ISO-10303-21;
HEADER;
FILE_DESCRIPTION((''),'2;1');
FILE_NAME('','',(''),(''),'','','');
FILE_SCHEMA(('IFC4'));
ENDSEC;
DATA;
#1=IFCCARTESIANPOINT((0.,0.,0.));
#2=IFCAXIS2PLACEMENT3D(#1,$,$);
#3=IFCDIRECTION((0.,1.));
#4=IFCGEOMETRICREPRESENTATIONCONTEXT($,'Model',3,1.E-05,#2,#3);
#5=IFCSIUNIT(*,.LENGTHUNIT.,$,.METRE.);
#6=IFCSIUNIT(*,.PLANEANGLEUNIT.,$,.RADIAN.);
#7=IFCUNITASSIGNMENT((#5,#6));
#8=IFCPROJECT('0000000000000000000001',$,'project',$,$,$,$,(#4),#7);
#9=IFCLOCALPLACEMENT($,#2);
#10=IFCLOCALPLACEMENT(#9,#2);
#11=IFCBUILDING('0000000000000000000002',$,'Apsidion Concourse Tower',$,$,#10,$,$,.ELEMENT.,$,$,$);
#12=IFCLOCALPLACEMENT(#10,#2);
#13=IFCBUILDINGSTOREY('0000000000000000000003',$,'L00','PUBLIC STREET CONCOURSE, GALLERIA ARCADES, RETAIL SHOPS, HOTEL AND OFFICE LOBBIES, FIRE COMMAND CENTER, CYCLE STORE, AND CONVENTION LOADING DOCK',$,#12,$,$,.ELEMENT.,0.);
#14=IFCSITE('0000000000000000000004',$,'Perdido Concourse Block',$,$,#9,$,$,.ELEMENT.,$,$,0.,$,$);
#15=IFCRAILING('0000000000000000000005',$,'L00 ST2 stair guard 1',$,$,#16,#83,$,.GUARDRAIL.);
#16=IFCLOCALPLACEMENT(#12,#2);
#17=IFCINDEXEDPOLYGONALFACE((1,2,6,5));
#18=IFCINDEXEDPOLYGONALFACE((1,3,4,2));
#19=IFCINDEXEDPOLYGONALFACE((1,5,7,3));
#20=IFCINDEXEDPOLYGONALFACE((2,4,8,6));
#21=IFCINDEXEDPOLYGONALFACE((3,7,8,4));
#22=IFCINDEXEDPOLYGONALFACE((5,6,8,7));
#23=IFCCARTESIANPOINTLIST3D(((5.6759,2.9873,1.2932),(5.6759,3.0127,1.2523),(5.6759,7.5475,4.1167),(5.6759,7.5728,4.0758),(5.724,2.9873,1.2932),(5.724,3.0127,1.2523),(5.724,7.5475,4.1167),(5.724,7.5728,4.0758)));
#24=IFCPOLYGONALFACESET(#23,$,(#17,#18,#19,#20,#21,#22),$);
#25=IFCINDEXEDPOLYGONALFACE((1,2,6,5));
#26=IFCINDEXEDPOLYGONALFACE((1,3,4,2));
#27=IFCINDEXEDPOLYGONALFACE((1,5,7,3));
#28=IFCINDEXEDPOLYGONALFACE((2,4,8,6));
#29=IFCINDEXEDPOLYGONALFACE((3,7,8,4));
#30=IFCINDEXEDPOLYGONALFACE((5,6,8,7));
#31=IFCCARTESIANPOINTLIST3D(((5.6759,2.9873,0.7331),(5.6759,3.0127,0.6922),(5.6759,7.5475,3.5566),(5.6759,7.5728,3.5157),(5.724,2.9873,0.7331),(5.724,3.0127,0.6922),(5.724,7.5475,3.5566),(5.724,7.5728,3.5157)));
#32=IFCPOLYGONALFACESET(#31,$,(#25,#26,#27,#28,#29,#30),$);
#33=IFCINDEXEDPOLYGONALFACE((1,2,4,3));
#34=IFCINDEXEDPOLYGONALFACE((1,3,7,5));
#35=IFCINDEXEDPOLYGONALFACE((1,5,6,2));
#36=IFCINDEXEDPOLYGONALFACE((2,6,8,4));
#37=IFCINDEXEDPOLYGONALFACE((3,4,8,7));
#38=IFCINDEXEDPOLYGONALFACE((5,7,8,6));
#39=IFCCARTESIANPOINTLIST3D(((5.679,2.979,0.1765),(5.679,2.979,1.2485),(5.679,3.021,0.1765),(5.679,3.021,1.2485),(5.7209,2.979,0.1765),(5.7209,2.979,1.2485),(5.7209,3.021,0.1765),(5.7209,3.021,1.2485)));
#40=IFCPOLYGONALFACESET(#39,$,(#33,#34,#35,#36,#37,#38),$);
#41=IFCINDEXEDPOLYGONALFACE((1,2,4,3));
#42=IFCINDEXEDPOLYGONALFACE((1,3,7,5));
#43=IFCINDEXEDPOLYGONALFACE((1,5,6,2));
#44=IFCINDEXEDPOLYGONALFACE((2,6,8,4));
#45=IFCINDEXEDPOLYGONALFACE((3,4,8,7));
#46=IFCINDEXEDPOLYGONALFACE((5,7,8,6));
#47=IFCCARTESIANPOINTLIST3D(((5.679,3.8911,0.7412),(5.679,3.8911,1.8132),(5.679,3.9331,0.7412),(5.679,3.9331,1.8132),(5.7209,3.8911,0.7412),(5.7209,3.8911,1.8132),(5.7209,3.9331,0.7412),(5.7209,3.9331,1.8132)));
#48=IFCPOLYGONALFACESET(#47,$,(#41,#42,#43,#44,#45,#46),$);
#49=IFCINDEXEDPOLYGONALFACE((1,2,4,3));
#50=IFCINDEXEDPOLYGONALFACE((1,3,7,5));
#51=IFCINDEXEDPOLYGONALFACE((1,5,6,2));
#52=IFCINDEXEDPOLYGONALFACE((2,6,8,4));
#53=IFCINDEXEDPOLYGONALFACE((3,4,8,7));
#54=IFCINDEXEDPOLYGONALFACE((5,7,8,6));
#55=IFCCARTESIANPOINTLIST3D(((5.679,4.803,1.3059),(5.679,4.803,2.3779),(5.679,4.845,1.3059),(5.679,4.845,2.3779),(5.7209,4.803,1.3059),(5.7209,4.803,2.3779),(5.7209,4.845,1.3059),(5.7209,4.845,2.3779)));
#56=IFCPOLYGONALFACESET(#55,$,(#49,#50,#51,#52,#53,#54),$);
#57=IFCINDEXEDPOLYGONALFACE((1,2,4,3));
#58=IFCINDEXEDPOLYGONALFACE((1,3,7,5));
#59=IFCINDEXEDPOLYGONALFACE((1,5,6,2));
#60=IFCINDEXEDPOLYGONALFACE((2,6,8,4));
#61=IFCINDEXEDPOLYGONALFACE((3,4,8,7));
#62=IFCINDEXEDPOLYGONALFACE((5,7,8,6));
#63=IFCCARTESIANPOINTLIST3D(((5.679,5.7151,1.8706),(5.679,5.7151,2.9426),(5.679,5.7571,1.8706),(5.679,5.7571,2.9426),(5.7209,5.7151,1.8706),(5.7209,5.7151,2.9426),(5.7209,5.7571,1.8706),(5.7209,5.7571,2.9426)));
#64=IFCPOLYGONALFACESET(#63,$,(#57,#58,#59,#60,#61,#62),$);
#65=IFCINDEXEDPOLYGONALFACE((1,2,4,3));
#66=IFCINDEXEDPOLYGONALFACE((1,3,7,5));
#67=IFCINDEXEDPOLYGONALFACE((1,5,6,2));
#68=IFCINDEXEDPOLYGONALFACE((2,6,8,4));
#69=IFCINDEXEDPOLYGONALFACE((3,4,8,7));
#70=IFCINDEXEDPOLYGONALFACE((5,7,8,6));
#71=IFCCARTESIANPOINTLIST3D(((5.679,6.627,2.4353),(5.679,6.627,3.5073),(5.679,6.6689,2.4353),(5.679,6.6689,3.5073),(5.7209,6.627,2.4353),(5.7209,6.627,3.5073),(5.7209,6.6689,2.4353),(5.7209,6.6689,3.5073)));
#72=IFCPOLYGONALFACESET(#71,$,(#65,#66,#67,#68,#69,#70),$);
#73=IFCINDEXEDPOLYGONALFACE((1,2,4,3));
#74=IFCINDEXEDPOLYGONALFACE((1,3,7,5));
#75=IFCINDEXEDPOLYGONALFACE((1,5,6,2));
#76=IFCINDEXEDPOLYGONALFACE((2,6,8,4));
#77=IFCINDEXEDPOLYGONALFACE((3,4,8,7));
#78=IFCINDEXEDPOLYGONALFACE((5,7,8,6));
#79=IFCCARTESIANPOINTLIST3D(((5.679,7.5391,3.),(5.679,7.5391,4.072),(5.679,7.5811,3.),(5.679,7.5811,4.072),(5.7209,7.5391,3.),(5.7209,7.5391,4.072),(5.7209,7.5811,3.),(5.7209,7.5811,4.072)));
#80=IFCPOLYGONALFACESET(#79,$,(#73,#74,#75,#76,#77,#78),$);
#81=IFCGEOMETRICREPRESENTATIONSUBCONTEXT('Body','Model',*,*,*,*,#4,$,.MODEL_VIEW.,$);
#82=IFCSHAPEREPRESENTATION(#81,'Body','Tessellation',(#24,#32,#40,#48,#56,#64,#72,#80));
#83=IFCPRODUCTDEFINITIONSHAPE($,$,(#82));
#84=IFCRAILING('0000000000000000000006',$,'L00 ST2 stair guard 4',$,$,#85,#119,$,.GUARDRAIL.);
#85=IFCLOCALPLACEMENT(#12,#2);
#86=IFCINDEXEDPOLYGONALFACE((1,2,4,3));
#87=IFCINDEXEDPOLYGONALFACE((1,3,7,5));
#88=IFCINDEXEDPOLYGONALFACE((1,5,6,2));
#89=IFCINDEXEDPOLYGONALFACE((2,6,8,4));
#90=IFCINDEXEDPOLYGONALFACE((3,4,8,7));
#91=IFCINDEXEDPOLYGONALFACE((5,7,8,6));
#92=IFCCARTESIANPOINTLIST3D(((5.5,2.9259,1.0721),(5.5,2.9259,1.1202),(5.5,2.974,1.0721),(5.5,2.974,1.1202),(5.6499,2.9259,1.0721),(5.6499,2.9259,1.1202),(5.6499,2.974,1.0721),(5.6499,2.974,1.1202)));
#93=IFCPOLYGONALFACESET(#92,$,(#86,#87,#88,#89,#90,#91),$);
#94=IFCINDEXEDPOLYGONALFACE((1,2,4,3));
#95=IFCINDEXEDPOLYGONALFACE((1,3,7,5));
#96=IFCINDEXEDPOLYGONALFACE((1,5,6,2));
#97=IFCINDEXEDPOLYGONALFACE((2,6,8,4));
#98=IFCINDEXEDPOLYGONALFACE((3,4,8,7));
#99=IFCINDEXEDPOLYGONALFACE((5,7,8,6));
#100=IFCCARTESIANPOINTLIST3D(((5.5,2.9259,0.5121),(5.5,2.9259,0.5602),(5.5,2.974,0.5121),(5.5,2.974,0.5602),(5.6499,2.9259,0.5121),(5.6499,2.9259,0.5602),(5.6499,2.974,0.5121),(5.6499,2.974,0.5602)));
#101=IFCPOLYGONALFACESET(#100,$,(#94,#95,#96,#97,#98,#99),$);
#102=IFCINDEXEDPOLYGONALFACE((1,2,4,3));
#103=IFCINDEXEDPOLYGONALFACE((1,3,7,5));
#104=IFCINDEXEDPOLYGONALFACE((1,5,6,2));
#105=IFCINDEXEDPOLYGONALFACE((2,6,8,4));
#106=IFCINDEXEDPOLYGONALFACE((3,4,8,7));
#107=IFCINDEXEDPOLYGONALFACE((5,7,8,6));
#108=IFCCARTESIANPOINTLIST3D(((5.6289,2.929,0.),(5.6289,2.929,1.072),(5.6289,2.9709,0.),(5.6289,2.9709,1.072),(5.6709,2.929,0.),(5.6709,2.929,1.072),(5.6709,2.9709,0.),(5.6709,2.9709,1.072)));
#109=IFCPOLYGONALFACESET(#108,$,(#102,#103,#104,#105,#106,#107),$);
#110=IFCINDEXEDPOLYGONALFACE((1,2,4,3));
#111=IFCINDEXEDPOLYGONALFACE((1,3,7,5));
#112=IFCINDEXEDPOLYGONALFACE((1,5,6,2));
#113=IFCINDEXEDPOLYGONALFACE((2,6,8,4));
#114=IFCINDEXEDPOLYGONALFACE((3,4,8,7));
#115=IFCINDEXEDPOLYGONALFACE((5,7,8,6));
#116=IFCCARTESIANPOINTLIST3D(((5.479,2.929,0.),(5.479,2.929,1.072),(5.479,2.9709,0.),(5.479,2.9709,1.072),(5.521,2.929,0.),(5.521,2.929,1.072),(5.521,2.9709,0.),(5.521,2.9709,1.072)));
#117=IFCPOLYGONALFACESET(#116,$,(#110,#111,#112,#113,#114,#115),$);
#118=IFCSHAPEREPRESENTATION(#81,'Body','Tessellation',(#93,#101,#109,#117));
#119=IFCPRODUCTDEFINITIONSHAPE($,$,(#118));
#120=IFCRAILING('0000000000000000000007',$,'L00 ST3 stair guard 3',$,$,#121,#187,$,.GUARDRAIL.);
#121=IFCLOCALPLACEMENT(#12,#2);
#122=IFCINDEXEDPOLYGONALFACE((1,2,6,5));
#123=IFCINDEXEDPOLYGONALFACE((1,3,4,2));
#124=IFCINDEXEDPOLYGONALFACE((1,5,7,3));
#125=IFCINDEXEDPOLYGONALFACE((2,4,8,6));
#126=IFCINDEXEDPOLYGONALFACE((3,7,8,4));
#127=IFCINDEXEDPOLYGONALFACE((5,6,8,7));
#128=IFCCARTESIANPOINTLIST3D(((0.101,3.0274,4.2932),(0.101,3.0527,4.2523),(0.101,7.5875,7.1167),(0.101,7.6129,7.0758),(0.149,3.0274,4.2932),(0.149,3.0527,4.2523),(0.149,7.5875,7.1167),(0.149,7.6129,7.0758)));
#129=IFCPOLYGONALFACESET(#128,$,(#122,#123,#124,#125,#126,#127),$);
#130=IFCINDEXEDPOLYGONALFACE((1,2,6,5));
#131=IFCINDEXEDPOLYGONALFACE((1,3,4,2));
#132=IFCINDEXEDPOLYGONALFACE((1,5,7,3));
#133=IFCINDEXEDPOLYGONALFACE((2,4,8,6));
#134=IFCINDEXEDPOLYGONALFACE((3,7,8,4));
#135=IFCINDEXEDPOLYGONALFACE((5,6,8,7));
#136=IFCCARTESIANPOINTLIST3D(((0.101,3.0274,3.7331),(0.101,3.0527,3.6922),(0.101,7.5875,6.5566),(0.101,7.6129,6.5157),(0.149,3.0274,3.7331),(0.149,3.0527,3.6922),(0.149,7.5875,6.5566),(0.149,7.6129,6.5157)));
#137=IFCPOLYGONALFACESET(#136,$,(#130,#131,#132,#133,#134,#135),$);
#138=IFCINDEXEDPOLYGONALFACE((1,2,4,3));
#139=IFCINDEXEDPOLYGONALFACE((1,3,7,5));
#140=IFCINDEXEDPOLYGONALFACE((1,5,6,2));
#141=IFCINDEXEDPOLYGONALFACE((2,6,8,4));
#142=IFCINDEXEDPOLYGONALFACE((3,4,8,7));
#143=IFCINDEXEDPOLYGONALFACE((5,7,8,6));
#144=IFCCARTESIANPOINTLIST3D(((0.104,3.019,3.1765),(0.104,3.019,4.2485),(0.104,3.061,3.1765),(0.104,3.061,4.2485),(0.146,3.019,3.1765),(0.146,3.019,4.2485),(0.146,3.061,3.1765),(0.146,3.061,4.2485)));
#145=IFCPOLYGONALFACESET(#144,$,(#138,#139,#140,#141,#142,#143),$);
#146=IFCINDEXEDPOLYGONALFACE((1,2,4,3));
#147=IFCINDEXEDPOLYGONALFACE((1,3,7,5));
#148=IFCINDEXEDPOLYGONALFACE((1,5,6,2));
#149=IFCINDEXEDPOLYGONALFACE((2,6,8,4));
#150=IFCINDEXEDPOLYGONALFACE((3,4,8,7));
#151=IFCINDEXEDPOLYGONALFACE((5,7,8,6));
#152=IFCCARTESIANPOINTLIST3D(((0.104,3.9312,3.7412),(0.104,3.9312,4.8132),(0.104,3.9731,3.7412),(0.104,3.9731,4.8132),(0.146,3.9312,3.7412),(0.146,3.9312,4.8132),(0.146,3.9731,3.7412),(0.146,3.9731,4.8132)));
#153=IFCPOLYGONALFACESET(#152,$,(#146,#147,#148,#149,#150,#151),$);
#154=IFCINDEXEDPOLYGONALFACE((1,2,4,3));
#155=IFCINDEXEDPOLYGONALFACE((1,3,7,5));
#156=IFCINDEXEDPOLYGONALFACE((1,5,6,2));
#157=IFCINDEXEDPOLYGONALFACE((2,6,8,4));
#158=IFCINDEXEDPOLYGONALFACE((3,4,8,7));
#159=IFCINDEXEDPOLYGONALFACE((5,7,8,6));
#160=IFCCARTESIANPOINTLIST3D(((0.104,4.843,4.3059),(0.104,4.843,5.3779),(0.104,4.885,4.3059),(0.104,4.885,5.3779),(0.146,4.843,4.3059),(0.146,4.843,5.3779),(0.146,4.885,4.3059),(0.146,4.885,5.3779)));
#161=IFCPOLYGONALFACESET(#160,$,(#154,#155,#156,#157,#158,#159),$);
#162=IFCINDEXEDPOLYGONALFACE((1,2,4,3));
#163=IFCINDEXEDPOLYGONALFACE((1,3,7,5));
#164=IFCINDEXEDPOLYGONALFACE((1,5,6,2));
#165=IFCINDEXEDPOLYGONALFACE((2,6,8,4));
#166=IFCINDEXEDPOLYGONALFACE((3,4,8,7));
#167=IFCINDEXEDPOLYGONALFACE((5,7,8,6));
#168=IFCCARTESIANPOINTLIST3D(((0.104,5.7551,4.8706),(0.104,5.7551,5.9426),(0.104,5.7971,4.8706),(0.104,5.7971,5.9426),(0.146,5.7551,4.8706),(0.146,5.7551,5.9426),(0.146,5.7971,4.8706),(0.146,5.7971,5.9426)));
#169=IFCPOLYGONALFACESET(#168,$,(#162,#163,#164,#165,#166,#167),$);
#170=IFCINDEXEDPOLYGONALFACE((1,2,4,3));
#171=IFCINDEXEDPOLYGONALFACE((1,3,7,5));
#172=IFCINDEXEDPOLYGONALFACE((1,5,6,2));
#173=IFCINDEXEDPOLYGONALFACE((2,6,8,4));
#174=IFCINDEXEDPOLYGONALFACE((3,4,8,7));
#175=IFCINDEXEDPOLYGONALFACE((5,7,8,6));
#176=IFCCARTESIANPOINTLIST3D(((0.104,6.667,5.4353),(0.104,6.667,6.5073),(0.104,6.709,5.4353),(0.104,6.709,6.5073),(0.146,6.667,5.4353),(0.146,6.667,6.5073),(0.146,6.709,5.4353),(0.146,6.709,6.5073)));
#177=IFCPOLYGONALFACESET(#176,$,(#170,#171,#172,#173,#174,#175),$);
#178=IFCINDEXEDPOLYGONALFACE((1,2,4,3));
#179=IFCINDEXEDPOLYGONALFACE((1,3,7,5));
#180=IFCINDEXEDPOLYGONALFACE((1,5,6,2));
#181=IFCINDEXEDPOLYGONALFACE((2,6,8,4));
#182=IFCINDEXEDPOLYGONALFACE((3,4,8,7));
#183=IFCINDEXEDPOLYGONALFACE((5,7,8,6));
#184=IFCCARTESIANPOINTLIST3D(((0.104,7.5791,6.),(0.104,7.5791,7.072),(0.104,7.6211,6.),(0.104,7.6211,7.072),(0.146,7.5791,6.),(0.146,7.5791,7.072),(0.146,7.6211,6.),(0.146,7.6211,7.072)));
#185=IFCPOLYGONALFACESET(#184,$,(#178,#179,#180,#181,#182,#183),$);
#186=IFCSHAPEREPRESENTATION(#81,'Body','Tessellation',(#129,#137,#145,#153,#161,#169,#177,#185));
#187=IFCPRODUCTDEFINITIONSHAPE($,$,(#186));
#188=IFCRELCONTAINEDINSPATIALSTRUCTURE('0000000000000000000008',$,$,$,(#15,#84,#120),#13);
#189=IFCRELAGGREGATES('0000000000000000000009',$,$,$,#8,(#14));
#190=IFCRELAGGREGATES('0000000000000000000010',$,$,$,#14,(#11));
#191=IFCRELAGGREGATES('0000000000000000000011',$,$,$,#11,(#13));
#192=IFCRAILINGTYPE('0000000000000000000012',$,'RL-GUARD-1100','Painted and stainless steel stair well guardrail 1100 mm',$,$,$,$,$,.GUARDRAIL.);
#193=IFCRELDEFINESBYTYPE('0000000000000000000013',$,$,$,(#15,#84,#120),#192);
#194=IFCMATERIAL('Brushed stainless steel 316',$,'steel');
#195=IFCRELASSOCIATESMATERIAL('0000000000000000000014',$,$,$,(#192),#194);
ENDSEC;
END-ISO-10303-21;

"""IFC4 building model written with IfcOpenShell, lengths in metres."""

from ifc_helpers import new_model, si_unit, direction, frame, origin, origin_2d, place, context, subcontext, project, spatial, rectangle, extrude, material, type_object, element, save


model = new_model("IFC4")

# Units and contexts
model_context = context("Model", 3, precision=1e-05, world=origin(), true_north=direction((0.0, 1.0)))
body_context = subcontext(model_context, "Body", "Model", "MODEL_VIEW")
ifc_project = project(units=[si_unit("LENGTHUNIT", "METRE"), si_unit("PLANEANGLEUNIT", "RADIAN")], contexts=[model_context])

# Site, building, storey
site_placement = place(None, origin())
site = spatial("IfcSite", under=ifc_project, at=site_placement, Name="Perdido Concourse Block", CompositionType="ELEMENT", RefElevation=0.0)
building_placement = place(site_placement, origin())
building = spatial("IfcBuilding", under=site, at=building_placement, Name="Apsidion Concourse Tower", CompositionType="ELEMENT")
storey_placement = place(building_placement, origin())
storey = spatial("IfcBuildingStorey", under=building, at=storey_placement, Name="L00", Description="PUBLIC STREET CONCOURSE, GALLERIA ARCADES, RETAIL SHOPS, HOTEL AND OFFICE LOBBIES, FIRE COMMAND CENTER, CYCLE STORE, AND CONVENTION LOADING DOCK", CompositionType="ELEMENT", Elevation=0.0)

# Shared definitions
ifc_material_1 = material(Name="Brushed stainless steel 316", Category="steel")

# Railings
railing_type_1 = type_object("IfcRailingType", Name="RL-GUARD-1100", Description="Painted and stainless steel stair well guardrail 1100 mm", PredefinedType="GUARDRAIL", material=ifc_material_1)
railing_1_placement = place(storey_placement, frame((5.7, 3.0, 0.1765)))
element("IfcRailing", 1, at=railing_1_placement, inside=storey, type_object=railing_type_1, Name="L00 ST2 stair guard 1", PredefinedType="GUARDRAIL", context=body_context, shape_type="SweptSolid", body=[
    extrude(rectangle(XDim=0.0481, YDim=0.0481, at=origin_2d()), frame((0.0, 0.0, 1.0962), z_axis=(0.0, 0.850216, 0.526435), x_axis=(-1.0, 0.0, 0.0)), (0.0, 0.0, 1.0), 5.3635),
    extrude(rectangle(XDim=0.0481, YDim=0.0481, at=origin_2d()), frame((0.0, 0.0, 0.5361), z_axis=(0.0, 0.850216, 0.526435), x_axis=(-1.0, 0.0, 0.0)), (0.0, 0.0, 1.0), 5.3635),
    extrude(rectangle(XDim=0.042, YDim=0.042, at=origin_2d()), origin(), (0.0, 0.0, 1.0), 1.072),
    extrude(rectangle(XDim=0.042, YDim=0.042, at=origin_2d()), frame((0.0, 0.9121, 0.5647)), (0.0, 0.0, 1.0), 1.072),
    extrude(rectangle(XDim=0.042, YDim=0.042, at=origin_2d()), frame((0.0, 1.824, 1.1294)), (0.0, 0.0, 1.0), 1.072),
    extrude(rectangle(XDim=0.042, YDim=0.042, at=origin_2d()), frame((0.0, 2.7361, 1.6941)), (0.0, 0.0, 1.0), 1.072),
    extrude(rectangle(XDim=0.042, YDim=0.042, at=origin_2d()), frame((0.0, 3.6479, 2.2588)), (0.0, 0.0, 1.0), 1.072),
    extrude(rectangle(XDim=0.042, YDim=0.042, at=origin_2d()), frame((0.0, 4.5601, 2.8235)), (0.0, 0.0, 1.0), 1.072),
])
railing_2_placement = place(storey_placement, frame((5.6499, 2.95, 0.0)))
element("IfcRailing", 2, at=railing_2_placement, inside=storey, type_object=railing_type_1, Name="L00 ST2 stair guard 4", PredefinedType="GUARDRAIL", context=body_context, shape_type="SweptSolid", body=[
    extrude(rectangle(XDim=0.0481, YDim=0.0481, at=origin_2d()), frame((0.0, 0.0, 1.0962), z_axis=(-1.0, 0.0, 0.0), x_axis=(0.0, -1.0, 0.0)), (0.0, 0.0, 1.0), 0.1499),
    extrude(rectangle(XDim=0.0481, YDim=0.0481, at=origin_2d()), frame((0.0, 0.0, 0.5361), z_axis=(-1.0, 0.0, 0.0), x_axis=(0.0, -1.0, 0.0)), (0.0, 0.0, 1.0), 0.1499),
    extrude(rectangle(XDim=0.042, YDim=0.042, at=origin_2d()), origin(), (0.0, 0.0, 1.0), 1.072),
    extrude(rectangle(XDim=0.042, YDim=0.042, at=origin_2d()), frame((-0.1499, 0.0, 0.0)), (0.0, 0.0, 1.0), 1.072),
])
railing_3_placement = place(storey_placement, frame((0.125, 3.04, 3.1765)))
element("IfcRailing", 3, at=railing_3_placement, inside=storey, type_object=railing_type_1, Name="L00 ST3 stair guard 3", PredefinedType="GUARDRAIL", context=body_context, shape_type="SweptSolid", body=[
    extrude(rectangle(XDim=0.0481, YDim=0.0481, at=origin_2d()), frame((0.0, 0.0, 1.0962), z_axis=(0.0, 0.850216, 0.526435), x_axis=(-1.0, 0.0, 0.0)), (0.0, 0.0, 1.0), 5.3635),
    extrude(rectangle(XDim=0.0481, YDim=0.0481, at=origin_2d()), frame((0.0, 0.0, 0.5361), z_axis=(0.0, 0.850216, 0.526435), x_axis=(-1.0, 0.0, 0.0)), (0.0, 0.0, 1.0), 5.3635),
    extrude(rectangle(XDim=0.042, YDim=0.042, at=origin_2d()), origin(), (0.0, 0.0, 1.0), 1.072),
    extrude(rectangle(XDim=0.042, YDim=0.042, at=origin_2d()), frame((0.0, 0.9121, 0.5647)), (0.0, 0.0, 1.0), 1.072),
    extrude(rectangle(XDim=0.042, YDim=0.042, at=origin_2d()), frame((0.0, 1.824, 1.1294)), (0.0, 0.0, 1.0), 1.072),
    extrude(rectangle(XDim=0.042, YDim=0.042, at=origin_2d()), frame((0.0, 2.7361, 1.6941)), (0.0, 0.0, 1.0), 1.072),
    extrude(rectangle(XDim=0.042, YDim=0.042, at=origin_2d()), frame((0.0, 3.6479, 2.2588)), (0.0, 0.0, 1.0), 1.072),
    extrude(rectangle(XDim=0.042, YDim=0.042, at=origin_2d()), frame((0.0, 4.5601, 2.8235)), (0.0, 0.0, 1.0), 1.072),
])

save(model, "model.ifc")
